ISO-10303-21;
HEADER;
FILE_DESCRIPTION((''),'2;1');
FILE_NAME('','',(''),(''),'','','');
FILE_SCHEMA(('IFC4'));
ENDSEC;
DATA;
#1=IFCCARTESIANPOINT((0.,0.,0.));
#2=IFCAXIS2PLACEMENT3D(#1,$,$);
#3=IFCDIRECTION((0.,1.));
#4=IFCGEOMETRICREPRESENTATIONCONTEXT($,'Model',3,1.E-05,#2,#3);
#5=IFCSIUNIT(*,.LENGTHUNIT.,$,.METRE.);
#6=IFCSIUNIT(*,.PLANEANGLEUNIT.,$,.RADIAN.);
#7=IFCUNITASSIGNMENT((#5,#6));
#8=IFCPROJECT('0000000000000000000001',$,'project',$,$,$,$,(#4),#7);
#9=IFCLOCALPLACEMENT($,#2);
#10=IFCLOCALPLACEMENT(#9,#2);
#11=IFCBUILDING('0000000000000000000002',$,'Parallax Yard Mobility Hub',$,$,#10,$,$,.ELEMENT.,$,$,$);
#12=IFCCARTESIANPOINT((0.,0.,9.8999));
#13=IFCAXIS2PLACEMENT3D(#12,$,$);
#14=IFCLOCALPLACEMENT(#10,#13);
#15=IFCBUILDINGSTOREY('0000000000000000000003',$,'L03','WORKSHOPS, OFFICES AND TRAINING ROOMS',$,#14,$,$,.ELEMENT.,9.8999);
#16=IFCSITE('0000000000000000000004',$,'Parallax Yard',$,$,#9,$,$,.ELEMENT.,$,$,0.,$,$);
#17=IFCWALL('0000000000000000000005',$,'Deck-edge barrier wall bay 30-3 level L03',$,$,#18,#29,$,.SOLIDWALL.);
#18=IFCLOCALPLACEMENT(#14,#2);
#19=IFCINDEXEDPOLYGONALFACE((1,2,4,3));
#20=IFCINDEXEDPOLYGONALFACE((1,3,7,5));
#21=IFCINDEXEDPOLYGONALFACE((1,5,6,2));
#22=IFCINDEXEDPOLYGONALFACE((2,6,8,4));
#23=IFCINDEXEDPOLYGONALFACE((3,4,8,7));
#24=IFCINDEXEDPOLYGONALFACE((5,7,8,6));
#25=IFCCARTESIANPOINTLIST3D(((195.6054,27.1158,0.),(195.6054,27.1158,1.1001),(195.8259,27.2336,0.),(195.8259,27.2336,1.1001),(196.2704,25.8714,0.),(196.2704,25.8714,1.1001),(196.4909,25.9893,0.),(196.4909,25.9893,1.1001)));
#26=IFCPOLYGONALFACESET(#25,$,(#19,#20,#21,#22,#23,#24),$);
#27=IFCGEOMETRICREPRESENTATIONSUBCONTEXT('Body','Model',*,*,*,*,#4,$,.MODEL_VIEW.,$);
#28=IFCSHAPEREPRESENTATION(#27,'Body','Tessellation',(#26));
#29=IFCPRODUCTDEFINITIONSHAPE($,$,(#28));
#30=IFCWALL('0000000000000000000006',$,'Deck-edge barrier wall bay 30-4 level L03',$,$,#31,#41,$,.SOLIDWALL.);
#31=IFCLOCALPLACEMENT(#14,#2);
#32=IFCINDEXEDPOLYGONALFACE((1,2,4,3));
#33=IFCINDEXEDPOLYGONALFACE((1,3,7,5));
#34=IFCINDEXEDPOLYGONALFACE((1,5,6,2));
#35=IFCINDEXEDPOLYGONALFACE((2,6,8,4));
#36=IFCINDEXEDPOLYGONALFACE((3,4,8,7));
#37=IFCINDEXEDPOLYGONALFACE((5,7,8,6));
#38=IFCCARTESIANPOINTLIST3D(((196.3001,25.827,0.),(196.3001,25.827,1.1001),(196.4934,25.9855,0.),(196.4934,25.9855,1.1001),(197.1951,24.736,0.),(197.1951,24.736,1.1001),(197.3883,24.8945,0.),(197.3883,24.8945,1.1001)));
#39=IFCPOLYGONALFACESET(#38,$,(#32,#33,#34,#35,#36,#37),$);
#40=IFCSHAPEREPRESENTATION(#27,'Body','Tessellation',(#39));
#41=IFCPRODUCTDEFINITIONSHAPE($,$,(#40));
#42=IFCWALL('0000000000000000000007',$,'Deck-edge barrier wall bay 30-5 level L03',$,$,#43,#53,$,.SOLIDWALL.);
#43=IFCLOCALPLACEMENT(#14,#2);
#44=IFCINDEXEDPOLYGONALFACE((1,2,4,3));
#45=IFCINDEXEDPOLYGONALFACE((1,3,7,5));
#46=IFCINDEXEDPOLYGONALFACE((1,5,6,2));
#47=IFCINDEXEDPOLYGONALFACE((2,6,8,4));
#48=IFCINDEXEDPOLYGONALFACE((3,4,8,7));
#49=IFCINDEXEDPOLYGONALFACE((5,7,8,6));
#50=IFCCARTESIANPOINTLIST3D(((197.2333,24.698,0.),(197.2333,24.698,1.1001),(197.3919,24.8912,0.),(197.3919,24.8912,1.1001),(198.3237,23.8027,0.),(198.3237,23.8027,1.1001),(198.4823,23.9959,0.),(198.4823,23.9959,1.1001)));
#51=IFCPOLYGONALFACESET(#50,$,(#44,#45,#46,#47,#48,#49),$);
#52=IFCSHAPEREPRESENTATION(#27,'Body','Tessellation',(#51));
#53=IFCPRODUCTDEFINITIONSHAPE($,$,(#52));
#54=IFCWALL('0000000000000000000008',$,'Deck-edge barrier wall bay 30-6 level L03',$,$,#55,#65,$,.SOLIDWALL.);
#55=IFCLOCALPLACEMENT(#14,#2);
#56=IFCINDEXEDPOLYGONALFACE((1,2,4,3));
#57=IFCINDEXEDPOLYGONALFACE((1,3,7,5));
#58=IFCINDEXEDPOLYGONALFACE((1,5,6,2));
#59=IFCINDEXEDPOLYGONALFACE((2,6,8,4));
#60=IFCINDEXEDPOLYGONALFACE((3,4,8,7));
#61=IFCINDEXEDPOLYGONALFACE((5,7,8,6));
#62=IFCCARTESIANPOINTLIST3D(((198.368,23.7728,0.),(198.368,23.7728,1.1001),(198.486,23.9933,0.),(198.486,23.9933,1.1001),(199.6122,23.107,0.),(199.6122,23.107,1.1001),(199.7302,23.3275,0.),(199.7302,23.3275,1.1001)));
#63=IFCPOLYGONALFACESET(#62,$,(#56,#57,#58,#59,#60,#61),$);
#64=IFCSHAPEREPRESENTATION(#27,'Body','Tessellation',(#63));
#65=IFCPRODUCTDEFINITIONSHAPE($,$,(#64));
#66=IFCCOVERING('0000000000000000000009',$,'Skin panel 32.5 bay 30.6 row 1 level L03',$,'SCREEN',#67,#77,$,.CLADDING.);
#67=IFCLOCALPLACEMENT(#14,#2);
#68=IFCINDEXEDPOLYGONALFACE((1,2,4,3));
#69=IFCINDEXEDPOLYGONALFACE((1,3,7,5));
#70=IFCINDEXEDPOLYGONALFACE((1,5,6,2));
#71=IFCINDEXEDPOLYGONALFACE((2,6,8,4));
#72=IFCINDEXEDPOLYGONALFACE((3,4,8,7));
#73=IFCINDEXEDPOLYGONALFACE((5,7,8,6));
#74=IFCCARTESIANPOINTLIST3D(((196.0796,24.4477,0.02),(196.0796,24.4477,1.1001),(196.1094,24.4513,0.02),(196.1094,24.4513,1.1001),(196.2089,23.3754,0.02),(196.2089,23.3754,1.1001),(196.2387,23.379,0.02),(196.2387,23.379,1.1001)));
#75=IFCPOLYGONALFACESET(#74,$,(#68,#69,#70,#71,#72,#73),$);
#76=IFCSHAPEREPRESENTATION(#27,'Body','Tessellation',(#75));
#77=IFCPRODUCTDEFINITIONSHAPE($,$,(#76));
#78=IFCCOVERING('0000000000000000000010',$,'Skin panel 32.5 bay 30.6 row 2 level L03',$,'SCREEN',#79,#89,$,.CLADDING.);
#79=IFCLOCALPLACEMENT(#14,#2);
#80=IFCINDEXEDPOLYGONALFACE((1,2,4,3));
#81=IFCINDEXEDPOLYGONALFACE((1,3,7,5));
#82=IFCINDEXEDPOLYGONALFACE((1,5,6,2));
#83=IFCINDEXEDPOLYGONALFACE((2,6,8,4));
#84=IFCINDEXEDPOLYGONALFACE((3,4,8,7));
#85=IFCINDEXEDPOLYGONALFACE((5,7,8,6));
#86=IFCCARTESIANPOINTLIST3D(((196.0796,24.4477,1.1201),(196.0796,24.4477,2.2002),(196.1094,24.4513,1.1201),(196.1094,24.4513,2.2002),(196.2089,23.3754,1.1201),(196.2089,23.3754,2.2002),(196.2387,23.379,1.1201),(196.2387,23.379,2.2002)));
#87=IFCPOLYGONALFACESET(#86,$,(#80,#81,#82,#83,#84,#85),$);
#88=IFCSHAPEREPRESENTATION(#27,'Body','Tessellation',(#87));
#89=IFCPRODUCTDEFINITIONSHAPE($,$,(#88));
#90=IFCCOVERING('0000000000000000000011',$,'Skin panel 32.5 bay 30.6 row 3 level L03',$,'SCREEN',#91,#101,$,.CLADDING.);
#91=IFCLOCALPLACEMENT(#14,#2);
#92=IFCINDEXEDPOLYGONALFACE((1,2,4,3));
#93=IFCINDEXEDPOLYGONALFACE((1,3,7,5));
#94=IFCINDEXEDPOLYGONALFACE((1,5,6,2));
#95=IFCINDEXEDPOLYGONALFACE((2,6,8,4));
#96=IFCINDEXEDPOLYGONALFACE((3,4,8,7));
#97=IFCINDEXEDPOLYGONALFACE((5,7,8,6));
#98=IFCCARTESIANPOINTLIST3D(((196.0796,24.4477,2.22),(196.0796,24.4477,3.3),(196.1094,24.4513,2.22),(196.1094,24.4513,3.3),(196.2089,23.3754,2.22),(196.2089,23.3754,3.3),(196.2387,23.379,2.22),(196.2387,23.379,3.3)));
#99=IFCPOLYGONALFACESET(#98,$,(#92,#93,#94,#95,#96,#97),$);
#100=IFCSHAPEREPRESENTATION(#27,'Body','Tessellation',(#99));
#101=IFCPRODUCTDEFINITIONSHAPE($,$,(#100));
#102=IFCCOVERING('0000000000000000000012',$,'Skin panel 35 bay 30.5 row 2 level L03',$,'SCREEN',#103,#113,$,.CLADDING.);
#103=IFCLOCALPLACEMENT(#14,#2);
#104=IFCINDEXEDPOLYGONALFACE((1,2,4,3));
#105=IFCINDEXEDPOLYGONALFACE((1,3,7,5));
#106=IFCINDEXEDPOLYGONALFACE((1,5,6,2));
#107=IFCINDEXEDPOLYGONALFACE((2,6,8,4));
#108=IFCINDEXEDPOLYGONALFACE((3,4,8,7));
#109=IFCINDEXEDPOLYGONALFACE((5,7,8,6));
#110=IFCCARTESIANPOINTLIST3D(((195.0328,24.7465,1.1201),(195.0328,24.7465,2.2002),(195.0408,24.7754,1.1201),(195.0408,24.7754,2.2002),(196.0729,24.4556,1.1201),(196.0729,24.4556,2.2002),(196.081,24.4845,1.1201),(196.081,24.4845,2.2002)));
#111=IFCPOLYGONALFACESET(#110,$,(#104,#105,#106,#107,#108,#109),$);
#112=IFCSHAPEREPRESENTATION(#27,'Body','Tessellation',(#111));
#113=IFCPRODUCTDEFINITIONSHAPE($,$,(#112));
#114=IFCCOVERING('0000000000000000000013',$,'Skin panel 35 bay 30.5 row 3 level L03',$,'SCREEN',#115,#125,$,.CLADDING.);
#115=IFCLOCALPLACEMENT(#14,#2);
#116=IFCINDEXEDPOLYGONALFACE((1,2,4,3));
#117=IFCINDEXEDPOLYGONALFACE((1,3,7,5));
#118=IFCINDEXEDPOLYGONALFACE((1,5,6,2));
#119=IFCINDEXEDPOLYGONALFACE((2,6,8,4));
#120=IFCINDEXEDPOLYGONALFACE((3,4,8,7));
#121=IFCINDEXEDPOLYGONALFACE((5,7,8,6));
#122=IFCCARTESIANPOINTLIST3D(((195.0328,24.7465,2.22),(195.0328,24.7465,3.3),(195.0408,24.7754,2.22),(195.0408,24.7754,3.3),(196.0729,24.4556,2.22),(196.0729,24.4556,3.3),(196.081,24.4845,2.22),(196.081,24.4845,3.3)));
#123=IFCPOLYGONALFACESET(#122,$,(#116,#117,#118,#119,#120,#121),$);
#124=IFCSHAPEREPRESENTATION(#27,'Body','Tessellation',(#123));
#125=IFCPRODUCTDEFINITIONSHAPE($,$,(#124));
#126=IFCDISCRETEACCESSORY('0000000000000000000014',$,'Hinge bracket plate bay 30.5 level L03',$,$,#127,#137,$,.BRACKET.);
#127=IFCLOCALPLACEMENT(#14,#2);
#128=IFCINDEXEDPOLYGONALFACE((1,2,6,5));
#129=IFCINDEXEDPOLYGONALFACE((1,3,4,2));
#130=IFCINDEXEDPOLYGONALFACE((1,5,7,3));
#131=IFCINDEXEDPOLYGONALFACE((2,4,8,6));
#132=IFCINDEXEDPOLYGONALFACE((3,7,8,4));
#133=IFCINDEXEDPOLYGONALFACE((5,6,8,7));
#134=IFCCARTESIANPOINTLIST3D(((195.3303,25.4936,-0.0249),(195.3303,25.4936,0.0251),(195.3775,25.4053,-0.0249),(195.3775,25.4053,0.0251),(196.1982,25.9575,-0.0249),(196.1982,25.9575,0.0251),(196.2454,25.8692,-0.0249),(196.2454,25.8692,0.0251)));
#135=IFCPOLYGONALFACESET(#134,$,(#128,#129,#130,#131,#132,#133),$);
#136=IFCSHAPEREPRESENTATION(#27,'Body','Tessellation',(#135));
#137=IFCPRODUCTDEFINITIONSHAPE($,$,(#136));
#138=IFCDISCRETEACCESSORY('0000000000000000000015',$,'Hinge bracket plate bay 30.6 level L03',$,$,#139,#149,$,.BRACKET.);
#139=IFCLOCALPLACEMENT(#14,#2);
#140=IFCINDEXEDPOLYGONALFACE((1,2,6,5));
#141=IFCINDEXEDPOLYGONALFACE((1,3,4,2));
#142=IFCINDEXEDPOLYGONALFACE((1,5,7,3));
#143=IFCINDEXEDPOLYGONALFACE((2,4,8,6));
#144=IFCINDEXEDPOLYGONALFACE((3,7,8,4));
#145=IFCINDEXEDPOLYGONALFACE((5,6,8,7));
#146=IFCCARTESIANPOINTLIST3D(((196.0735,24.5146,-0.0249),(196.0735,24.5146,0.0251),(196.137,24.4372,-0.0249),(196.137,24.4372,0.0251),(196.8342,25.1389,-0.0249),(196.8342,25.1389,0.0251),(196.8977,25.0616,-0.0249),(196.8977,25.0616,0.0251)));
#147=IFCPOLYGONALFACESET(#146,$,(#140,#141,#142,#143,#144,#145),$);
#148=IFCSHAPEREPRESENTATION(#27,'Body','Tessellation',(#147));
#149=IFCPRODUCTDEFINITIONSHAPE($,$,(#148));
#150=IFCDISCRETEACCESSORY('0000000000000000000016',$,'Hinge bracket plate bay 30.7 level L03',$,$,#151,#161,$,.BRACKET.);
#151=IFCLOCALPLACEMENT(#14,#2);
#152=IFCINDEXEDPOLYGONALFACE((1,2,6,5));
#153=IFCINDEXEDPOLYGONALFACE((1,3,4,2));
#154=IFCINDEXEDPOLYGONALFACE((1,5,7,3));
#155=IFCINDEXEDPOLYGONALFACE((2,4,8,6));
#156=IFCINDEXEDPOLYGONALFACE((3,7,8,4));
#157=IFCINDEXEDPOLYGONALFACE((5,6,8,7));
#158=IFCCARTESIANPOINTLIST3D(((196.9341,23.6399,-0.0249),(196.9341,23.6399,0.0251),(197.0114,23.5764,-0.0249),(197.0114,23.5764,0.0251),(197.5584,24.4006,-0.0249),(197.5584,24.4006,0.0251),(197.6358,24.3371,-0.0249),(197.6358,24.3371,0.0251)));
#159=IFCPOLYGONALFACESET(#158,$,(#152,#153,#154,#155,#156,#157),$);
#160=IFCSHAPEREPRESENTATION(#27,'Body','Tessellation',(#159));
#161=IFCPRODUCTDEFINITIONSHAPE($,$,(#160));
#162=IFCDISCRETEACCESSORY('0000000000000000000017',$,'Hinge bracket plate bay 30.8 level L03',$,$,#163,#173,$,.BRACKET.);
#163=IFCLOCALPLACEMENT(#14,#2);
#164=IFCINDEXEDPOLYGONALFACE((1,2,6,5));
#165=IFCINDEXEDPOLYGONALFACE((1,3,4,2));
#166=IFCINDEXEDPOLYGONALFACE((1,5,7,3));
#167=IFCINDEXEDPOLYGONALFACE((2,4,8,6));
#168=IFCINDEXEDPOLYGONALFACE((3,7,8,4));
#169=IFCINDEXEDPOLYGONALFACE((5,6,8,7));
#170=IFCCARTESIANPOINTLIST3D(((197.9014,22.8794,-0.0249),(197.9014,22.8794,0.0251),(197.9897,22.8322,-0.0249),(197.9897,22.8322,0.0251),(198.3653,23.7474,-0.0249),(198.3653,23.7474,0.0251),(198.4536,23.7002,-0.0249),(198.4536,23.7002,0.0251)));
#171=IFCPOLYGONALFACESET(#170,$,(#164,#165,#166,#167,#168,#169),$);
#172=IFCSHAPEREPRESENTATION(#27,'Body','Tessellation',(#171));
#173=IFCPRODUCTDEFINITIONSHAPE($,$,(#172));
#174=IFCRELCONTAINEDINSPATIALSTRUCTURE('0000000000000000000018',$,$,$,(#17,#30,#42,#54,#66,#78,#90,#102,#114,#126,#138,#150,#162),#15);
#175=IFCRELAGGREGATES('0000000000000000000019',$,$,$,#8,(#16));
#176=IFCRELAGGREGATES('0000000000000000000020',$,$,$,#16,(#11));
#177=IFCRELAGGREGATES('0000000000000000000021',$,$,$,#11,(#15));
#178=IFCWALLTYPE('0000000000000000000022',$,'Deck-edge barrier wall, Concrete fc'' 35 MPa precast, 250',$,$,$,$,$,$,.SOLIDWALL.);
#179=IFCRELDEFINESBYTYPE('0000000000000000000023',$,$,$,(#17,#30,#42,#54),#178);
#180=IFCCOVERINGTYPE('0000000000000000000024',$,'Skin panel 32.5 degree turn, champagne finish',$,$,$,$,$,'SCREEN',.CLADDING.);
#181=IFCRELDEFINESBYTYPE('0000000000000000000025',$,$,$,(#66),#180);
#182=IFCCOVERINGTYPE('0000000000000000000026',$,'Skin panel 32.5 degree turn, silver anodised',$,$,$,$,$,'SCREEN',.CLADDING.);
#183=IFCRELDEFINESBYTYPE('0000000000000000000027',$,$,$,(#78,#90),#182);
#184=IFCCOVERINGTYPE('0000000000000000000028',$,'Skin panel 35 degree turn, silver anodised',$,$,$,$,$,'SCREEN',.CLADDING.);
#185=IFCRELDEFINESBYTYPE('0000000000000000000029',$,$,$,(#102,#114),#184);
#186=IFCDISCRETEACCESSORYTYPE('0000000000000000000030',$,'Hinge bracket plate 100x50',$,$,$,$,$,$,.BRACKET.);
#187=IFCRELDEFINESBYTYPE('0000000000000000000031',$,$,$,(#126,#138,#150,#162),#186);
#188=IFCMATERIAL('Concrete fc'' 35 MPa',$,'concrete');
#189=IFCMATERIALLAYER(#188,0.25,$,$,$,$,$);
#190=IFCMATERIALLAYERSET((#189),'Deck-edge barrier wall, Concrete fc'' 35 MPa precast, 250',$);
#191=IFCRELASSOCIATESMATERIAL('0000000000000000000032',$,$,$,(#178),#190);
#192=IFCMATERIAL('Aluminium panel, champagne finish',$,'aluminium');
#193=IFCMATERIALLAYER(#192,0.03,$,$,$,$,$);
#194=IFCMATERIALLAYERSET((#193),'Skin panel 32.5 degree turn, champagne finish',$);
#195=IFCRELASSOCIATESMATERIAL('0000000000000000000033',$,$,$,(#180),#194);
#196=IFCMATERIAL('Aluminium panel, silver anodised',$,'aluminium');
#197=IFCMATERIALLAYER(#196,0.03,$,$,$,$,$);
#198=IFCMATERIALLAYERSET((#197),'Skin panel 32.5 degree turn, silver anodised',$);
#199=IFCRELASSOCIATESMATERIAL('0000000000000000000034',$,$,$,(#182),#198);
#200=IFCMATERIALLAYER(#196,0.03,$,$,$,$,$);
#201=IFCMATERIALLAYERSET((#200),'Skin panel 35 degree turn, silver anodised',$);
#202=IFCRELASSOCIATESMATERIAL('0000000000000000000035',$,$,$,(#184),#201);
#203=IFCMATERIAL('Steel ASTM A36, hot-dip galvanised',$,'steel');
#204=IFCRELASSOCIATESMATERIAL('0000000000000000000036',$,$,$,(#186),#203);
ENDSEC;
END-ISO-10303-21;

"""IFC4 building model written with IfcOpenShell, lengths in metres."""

from ifc_helpers import new_model, si_unit, direction, frame, frame_2d, origin, origin_2d, place, context, subcontext, project, spatial, rectangle, extrude, material, layer, layer_set, type_object, element, save


model = new_model("IFC4")

# Units and contexts
model_context = context("Model", 3, precision=1e-05, world=origin(), true_north=direction((0.0, 1.0)))
body_context = subcontext(model_context, "Body", "Model", "MODEL_VIEW")
ifc_project = project(units=[si_unit("LENGTHUNIT", "METRE"), si_unit("PLANEANGLEUNIT", "RADIAN")], contexts=[model_context])

# Site, building, storey
site_placement = place(None, origin())
site = spatial("IfcSite", under=ifc_project, at=site_placement, Name="Parallax Yard", CompositionType="ELEMENT", RefElevation=0.0)
building_placement = place(site_placement, origin())
building = spatial("IfcBuilding", under=site, at=building_placement, Name="Parallax Yard Mobility Hub", CompositionType="ELEMENT")
storey_placement = place(building_placement, frame((0.0, 0.0, 9.8999)))
storey = spatial("IfcBuildingStorey", under=building, at=storey_placement, Name="L03", Description="WORKSHOPS, OFFICES AND TRAINING ROOMS", CompositionType="ELEMENT", Elevation=9.8999)

# Walls
ifc_material_1 = material(Name="Concrete fc' 35 MPa", Category="concrete")
ifc_layer_1 = layer(ifc_material_1, 0.25)
ifc_layer_set_1 = layer_set([ifc_layer_1], Name="Deck-edge barrier wall, Concrete fc' 35 MPa precast, 250")
wall_type = type_object("IfcWallType", Name="Deck-edge barrier wall, Concrete fc' 35 MPa precast, 250", PredefinedType="SOLIDWALL", material=ifc_layer_set_1)
wall_1_placement = place(storey_placement, frame((195.7156, 27.1748, 0.0), z_axis=(0.0, 0.0, 1.0), x_axis=(0.471342, -0.88195, 0.0)))
element("IfcWall", 1, at=wall_1_placement, inside=storey, type_object=wall_type, Name="Deck-edge barrier wall bay 30-3 level L03", PredefinedType="SOLIDWALL", context=body_context, shape_type="SweptSolid", body=[
    extrude(rectangle(XDim=1.4109, YDim=0.25, at=frame_2d((0.7056, 0.0))), origin(), (0.0, 0.0, 1.0), 1.1001),
])
wall_2_placement = place(storey_placement, frame((196.3967, 25.9062, 0.0), z_axis=(0.0, 0.0, 1.0), x_axis=(0.634226, -0.773147, 0.0)))
element("IfcWall", 2, at=wall_2_placement, inside=storey, type_object=wall_type, Name="Deck-edge barrier wall bay 30-4 level L03", PredefinedType="SOLIDWALL", context=body_context, shape_type="SweptSolid", body=[
    extrude(rectangle(XDim=1.4111, YDim=0.25, at=frame_2d((0.7056, 0.0))), origin(), (0.0, 0.0, 1.0), 1.1001),
])
wall_3_placement = place(storey_placement, frame((197.3125, 24.7947, 0.0), z_axis=(0.0, 0.0, 1.0), x_axis=(0.772854, -0.634584, 0.0)))
element("IfcWall", 3, at=wall_3_placement, inside=storey, type_object=wall_type, Name="Deck-edge barrier wall bay 30-5 level L03", PredefinedType="SOLIDWALL", context=body_context, shape_type="SweptSolid", body=[
    extrude(rectangle(XDim=1.4109, YDim=0.25, at=frame_2d((0.7056, 0.0))), origin(), (0.0, 0.0, 1.0), 1.1001),
])
wall_4_placement = place(storey_placement, frame((198.427, 23.8831, 0.0), z_axis=(0.0, 0.0, 1.0), x_axis=(0.881696, -0.471818, 0.0)))
element("IfcWall", 4, at=wall_4_placement, inside=storey, type_object=wall_type, Name="Deck-edge barrier wall bay 30-6 level L03", PredefinedType="SOLIDWALL", context=body_context, shape_type="SweptSolid", body=[
    extrude(rectangle(XDim=1.4111, YDim=0.25, at=frame_2d((0.7056, 0.0))), origin(), (0.0, 0.0, 1.0), 1.1001),
])

# Coverings
ifc_material_2 = material(Name="Aluminium panel, champagne finish", Category="aluminium")
ifc_layer_2 = layer(ifc_material_2, 0.03)
ifc_layer_set_2 = layer_set([ifc_layer_2], Name="Skin panel 32.5 degree turn, champagne finish")
covering_type_1 = type_object("IfcCoveringType", Name="Skin panel 32.5 degree turn, champagne finish", ElementType="SCREEN", PredefinedType="CLADDING", material=ifc_layer_set_2)
covering_placement = place(storey_placement, frame((196.1592, 23.9133, 0.02), z_axis=(0.0, 0.0, 1.0), x_axis=(0.119704, -0.99281, 0.0)))
element("IfcCovering", 5, at=covering_placement, inside=storey, type_object=covering_type_1, Name="Skin panel 32.5 bay 30.6 row 1 level L03", ObjectType="SCREEN", PredefinedType="CLADDING", context=body_context, shape_type="SweptSolid", body=[
    extrude(rectangle(XDim=1.0801, YDim=0.03, at=origin_2d()), origin(), (0.0, 0.0, 1.0), 1.0801),
])
ifc_material_3 = material(Name="Aluminium panel, silver anodised", Category="aluminium")
ifc_layer_3 = layer(ifc_material_3, 0.03)
ifc_layer_set_3 = layer_set([ifc_layer_3], Name="Skin panel 32.5 degree turn, silver anodised")
covering_type_2 = type_object("IfcCoveringType", Name="Skin panel 32.5 degree turn, silver anodised", ElementType="SCREEN", PredefinedType="CLADDING", material=ifc_layer_set_3)
for number, where, z_axis, x_axis, name in (
    (6, (196.1592, 23.9133, 1.1201), (0.0, 0.0, 1.0), (0.119704, -0.99281, 0.0), "Skin panel 32.5 bay 30.6 row 2 level L03"),
    (7, (196.1592, 23.9133, 2.22), (0.0, 0.0, 1.0), (0.119704, -0.99281, 0.0), "Skin panel 32.5 bay 30.6 row 3 level L03"),
):
    element("IfcCovering", number, at=place(storey_placement, frame(where, z_axis=z_axis, x_axis=x_axis)), inside=storey, type_object=covering_type_2, Name=name, ObjectType="SCREEN", PredefinedType="CLADDING", context=body_context, shape_type="SweptSolid", body=[
        extrude(rectangle(XDim=1.0801, YDim=0.03, at=origin_2d()), origin(), (0.0, 0.0, 1.0), 1.0801),
    ])
ifc_layer_4 = layer(ifc_material_3, 0.03)
ifc_layer_set_4 = layer_set([ifc_layer_4], Name="Skin panel 35 degree turn, silver anodised")
covering_type_3 = type_object("IfcCoveringType", Name="Skin panel 35 degree turn, silver anodised", ElementType="SCREEN", PredefinedType="CLADDING", material=ifc_layer_set_4)
for number, where, z_axis, x_axis, name in (
    (8, (195.5569, 24.6155, 1.1201), (0.0, 0.0, 1.0), (-0.963045, 0.26934, 0.0), "Skin panel 35 bay 30.5 row 2 level L03"),
    (9, (195.5569, 24.6155, 2.22), (0.0, 0.0, 1.0), (-0.963045, 0.26934, 0.0), "Skin panel 35 bay 30.5 row 3 level L03"),
):
    element("IfcCovering", number, at=place(storey_placement, frame(where, z_axis=z_axis, x_axis=x_axis)), inside=storey, type_object=covering_type_3, Name=name, ObjectType="SCREEN", PredefinedType="CLADDING", context=body_context, shape_type="SweptSolid", body=[
        extrude(rectangle(XDim=1.0801, YDim=0.03, at=origin_2d()), origin(), (0.0, 0.0, 1.0), 1.0801),
    ])

# Discrete accessories
ifc_material_4 = material(Name="Steel ASTM A36, hot-dip galvanised", Category="steel")
discrete_accessory_type_1 = type_object("IfcDiscreteAccessoryType", Name="Hinge bracket plate 100x50", PredefinedType="BRACKET", material=ifc_material_4)
for number, where, z_axis, x_axis, name in (
    (10, (195.7878, 25.6814, -0.0249), (0.0, 0.0, 1.0), (-0.881921, -0.471397, 0.0), "Hinge bracket plate bay 30.5 level L03"),
    (11, (196.4856, 24.7881, -0.0249), (0.0, 0.0, 1.0), (-0.77301, -0.634393, 0.0), "Hinge bracket plate bay 30.6 level L03"),
    (12, (197.2849, 23.9885, -0.0249), (0.0, 0.0, 1.0), (-0.634393, -0.77301, 0.0), "Hinge bracket plate bay 30.7 level L03"),
    (13, (198.1775, 23.2898, -0.0249), (0.0, 0.0, 1.0), (-0.471397, -0.881921, 0.0), "Hinge bracket plate bay 30.8 level L03"),
):
    element("IfcDiscreteAccessory", number, at=place(storey_placement, frame(where, z_axis=z_axis, x_axis=x_axis)), inside=storey, type_object=discrete_accessory_type_1, Name=name, PredefinedType="BRACKET", context=body_context, shape_type="SweptSolid", body=[
        extrude(rectangle(XDim=0.9841, YDim=0.1001, at=origin_2d()), origin(), (0.0, 0.0, 1.0), 0.05),
    ])

save(model, "model.ifc")
